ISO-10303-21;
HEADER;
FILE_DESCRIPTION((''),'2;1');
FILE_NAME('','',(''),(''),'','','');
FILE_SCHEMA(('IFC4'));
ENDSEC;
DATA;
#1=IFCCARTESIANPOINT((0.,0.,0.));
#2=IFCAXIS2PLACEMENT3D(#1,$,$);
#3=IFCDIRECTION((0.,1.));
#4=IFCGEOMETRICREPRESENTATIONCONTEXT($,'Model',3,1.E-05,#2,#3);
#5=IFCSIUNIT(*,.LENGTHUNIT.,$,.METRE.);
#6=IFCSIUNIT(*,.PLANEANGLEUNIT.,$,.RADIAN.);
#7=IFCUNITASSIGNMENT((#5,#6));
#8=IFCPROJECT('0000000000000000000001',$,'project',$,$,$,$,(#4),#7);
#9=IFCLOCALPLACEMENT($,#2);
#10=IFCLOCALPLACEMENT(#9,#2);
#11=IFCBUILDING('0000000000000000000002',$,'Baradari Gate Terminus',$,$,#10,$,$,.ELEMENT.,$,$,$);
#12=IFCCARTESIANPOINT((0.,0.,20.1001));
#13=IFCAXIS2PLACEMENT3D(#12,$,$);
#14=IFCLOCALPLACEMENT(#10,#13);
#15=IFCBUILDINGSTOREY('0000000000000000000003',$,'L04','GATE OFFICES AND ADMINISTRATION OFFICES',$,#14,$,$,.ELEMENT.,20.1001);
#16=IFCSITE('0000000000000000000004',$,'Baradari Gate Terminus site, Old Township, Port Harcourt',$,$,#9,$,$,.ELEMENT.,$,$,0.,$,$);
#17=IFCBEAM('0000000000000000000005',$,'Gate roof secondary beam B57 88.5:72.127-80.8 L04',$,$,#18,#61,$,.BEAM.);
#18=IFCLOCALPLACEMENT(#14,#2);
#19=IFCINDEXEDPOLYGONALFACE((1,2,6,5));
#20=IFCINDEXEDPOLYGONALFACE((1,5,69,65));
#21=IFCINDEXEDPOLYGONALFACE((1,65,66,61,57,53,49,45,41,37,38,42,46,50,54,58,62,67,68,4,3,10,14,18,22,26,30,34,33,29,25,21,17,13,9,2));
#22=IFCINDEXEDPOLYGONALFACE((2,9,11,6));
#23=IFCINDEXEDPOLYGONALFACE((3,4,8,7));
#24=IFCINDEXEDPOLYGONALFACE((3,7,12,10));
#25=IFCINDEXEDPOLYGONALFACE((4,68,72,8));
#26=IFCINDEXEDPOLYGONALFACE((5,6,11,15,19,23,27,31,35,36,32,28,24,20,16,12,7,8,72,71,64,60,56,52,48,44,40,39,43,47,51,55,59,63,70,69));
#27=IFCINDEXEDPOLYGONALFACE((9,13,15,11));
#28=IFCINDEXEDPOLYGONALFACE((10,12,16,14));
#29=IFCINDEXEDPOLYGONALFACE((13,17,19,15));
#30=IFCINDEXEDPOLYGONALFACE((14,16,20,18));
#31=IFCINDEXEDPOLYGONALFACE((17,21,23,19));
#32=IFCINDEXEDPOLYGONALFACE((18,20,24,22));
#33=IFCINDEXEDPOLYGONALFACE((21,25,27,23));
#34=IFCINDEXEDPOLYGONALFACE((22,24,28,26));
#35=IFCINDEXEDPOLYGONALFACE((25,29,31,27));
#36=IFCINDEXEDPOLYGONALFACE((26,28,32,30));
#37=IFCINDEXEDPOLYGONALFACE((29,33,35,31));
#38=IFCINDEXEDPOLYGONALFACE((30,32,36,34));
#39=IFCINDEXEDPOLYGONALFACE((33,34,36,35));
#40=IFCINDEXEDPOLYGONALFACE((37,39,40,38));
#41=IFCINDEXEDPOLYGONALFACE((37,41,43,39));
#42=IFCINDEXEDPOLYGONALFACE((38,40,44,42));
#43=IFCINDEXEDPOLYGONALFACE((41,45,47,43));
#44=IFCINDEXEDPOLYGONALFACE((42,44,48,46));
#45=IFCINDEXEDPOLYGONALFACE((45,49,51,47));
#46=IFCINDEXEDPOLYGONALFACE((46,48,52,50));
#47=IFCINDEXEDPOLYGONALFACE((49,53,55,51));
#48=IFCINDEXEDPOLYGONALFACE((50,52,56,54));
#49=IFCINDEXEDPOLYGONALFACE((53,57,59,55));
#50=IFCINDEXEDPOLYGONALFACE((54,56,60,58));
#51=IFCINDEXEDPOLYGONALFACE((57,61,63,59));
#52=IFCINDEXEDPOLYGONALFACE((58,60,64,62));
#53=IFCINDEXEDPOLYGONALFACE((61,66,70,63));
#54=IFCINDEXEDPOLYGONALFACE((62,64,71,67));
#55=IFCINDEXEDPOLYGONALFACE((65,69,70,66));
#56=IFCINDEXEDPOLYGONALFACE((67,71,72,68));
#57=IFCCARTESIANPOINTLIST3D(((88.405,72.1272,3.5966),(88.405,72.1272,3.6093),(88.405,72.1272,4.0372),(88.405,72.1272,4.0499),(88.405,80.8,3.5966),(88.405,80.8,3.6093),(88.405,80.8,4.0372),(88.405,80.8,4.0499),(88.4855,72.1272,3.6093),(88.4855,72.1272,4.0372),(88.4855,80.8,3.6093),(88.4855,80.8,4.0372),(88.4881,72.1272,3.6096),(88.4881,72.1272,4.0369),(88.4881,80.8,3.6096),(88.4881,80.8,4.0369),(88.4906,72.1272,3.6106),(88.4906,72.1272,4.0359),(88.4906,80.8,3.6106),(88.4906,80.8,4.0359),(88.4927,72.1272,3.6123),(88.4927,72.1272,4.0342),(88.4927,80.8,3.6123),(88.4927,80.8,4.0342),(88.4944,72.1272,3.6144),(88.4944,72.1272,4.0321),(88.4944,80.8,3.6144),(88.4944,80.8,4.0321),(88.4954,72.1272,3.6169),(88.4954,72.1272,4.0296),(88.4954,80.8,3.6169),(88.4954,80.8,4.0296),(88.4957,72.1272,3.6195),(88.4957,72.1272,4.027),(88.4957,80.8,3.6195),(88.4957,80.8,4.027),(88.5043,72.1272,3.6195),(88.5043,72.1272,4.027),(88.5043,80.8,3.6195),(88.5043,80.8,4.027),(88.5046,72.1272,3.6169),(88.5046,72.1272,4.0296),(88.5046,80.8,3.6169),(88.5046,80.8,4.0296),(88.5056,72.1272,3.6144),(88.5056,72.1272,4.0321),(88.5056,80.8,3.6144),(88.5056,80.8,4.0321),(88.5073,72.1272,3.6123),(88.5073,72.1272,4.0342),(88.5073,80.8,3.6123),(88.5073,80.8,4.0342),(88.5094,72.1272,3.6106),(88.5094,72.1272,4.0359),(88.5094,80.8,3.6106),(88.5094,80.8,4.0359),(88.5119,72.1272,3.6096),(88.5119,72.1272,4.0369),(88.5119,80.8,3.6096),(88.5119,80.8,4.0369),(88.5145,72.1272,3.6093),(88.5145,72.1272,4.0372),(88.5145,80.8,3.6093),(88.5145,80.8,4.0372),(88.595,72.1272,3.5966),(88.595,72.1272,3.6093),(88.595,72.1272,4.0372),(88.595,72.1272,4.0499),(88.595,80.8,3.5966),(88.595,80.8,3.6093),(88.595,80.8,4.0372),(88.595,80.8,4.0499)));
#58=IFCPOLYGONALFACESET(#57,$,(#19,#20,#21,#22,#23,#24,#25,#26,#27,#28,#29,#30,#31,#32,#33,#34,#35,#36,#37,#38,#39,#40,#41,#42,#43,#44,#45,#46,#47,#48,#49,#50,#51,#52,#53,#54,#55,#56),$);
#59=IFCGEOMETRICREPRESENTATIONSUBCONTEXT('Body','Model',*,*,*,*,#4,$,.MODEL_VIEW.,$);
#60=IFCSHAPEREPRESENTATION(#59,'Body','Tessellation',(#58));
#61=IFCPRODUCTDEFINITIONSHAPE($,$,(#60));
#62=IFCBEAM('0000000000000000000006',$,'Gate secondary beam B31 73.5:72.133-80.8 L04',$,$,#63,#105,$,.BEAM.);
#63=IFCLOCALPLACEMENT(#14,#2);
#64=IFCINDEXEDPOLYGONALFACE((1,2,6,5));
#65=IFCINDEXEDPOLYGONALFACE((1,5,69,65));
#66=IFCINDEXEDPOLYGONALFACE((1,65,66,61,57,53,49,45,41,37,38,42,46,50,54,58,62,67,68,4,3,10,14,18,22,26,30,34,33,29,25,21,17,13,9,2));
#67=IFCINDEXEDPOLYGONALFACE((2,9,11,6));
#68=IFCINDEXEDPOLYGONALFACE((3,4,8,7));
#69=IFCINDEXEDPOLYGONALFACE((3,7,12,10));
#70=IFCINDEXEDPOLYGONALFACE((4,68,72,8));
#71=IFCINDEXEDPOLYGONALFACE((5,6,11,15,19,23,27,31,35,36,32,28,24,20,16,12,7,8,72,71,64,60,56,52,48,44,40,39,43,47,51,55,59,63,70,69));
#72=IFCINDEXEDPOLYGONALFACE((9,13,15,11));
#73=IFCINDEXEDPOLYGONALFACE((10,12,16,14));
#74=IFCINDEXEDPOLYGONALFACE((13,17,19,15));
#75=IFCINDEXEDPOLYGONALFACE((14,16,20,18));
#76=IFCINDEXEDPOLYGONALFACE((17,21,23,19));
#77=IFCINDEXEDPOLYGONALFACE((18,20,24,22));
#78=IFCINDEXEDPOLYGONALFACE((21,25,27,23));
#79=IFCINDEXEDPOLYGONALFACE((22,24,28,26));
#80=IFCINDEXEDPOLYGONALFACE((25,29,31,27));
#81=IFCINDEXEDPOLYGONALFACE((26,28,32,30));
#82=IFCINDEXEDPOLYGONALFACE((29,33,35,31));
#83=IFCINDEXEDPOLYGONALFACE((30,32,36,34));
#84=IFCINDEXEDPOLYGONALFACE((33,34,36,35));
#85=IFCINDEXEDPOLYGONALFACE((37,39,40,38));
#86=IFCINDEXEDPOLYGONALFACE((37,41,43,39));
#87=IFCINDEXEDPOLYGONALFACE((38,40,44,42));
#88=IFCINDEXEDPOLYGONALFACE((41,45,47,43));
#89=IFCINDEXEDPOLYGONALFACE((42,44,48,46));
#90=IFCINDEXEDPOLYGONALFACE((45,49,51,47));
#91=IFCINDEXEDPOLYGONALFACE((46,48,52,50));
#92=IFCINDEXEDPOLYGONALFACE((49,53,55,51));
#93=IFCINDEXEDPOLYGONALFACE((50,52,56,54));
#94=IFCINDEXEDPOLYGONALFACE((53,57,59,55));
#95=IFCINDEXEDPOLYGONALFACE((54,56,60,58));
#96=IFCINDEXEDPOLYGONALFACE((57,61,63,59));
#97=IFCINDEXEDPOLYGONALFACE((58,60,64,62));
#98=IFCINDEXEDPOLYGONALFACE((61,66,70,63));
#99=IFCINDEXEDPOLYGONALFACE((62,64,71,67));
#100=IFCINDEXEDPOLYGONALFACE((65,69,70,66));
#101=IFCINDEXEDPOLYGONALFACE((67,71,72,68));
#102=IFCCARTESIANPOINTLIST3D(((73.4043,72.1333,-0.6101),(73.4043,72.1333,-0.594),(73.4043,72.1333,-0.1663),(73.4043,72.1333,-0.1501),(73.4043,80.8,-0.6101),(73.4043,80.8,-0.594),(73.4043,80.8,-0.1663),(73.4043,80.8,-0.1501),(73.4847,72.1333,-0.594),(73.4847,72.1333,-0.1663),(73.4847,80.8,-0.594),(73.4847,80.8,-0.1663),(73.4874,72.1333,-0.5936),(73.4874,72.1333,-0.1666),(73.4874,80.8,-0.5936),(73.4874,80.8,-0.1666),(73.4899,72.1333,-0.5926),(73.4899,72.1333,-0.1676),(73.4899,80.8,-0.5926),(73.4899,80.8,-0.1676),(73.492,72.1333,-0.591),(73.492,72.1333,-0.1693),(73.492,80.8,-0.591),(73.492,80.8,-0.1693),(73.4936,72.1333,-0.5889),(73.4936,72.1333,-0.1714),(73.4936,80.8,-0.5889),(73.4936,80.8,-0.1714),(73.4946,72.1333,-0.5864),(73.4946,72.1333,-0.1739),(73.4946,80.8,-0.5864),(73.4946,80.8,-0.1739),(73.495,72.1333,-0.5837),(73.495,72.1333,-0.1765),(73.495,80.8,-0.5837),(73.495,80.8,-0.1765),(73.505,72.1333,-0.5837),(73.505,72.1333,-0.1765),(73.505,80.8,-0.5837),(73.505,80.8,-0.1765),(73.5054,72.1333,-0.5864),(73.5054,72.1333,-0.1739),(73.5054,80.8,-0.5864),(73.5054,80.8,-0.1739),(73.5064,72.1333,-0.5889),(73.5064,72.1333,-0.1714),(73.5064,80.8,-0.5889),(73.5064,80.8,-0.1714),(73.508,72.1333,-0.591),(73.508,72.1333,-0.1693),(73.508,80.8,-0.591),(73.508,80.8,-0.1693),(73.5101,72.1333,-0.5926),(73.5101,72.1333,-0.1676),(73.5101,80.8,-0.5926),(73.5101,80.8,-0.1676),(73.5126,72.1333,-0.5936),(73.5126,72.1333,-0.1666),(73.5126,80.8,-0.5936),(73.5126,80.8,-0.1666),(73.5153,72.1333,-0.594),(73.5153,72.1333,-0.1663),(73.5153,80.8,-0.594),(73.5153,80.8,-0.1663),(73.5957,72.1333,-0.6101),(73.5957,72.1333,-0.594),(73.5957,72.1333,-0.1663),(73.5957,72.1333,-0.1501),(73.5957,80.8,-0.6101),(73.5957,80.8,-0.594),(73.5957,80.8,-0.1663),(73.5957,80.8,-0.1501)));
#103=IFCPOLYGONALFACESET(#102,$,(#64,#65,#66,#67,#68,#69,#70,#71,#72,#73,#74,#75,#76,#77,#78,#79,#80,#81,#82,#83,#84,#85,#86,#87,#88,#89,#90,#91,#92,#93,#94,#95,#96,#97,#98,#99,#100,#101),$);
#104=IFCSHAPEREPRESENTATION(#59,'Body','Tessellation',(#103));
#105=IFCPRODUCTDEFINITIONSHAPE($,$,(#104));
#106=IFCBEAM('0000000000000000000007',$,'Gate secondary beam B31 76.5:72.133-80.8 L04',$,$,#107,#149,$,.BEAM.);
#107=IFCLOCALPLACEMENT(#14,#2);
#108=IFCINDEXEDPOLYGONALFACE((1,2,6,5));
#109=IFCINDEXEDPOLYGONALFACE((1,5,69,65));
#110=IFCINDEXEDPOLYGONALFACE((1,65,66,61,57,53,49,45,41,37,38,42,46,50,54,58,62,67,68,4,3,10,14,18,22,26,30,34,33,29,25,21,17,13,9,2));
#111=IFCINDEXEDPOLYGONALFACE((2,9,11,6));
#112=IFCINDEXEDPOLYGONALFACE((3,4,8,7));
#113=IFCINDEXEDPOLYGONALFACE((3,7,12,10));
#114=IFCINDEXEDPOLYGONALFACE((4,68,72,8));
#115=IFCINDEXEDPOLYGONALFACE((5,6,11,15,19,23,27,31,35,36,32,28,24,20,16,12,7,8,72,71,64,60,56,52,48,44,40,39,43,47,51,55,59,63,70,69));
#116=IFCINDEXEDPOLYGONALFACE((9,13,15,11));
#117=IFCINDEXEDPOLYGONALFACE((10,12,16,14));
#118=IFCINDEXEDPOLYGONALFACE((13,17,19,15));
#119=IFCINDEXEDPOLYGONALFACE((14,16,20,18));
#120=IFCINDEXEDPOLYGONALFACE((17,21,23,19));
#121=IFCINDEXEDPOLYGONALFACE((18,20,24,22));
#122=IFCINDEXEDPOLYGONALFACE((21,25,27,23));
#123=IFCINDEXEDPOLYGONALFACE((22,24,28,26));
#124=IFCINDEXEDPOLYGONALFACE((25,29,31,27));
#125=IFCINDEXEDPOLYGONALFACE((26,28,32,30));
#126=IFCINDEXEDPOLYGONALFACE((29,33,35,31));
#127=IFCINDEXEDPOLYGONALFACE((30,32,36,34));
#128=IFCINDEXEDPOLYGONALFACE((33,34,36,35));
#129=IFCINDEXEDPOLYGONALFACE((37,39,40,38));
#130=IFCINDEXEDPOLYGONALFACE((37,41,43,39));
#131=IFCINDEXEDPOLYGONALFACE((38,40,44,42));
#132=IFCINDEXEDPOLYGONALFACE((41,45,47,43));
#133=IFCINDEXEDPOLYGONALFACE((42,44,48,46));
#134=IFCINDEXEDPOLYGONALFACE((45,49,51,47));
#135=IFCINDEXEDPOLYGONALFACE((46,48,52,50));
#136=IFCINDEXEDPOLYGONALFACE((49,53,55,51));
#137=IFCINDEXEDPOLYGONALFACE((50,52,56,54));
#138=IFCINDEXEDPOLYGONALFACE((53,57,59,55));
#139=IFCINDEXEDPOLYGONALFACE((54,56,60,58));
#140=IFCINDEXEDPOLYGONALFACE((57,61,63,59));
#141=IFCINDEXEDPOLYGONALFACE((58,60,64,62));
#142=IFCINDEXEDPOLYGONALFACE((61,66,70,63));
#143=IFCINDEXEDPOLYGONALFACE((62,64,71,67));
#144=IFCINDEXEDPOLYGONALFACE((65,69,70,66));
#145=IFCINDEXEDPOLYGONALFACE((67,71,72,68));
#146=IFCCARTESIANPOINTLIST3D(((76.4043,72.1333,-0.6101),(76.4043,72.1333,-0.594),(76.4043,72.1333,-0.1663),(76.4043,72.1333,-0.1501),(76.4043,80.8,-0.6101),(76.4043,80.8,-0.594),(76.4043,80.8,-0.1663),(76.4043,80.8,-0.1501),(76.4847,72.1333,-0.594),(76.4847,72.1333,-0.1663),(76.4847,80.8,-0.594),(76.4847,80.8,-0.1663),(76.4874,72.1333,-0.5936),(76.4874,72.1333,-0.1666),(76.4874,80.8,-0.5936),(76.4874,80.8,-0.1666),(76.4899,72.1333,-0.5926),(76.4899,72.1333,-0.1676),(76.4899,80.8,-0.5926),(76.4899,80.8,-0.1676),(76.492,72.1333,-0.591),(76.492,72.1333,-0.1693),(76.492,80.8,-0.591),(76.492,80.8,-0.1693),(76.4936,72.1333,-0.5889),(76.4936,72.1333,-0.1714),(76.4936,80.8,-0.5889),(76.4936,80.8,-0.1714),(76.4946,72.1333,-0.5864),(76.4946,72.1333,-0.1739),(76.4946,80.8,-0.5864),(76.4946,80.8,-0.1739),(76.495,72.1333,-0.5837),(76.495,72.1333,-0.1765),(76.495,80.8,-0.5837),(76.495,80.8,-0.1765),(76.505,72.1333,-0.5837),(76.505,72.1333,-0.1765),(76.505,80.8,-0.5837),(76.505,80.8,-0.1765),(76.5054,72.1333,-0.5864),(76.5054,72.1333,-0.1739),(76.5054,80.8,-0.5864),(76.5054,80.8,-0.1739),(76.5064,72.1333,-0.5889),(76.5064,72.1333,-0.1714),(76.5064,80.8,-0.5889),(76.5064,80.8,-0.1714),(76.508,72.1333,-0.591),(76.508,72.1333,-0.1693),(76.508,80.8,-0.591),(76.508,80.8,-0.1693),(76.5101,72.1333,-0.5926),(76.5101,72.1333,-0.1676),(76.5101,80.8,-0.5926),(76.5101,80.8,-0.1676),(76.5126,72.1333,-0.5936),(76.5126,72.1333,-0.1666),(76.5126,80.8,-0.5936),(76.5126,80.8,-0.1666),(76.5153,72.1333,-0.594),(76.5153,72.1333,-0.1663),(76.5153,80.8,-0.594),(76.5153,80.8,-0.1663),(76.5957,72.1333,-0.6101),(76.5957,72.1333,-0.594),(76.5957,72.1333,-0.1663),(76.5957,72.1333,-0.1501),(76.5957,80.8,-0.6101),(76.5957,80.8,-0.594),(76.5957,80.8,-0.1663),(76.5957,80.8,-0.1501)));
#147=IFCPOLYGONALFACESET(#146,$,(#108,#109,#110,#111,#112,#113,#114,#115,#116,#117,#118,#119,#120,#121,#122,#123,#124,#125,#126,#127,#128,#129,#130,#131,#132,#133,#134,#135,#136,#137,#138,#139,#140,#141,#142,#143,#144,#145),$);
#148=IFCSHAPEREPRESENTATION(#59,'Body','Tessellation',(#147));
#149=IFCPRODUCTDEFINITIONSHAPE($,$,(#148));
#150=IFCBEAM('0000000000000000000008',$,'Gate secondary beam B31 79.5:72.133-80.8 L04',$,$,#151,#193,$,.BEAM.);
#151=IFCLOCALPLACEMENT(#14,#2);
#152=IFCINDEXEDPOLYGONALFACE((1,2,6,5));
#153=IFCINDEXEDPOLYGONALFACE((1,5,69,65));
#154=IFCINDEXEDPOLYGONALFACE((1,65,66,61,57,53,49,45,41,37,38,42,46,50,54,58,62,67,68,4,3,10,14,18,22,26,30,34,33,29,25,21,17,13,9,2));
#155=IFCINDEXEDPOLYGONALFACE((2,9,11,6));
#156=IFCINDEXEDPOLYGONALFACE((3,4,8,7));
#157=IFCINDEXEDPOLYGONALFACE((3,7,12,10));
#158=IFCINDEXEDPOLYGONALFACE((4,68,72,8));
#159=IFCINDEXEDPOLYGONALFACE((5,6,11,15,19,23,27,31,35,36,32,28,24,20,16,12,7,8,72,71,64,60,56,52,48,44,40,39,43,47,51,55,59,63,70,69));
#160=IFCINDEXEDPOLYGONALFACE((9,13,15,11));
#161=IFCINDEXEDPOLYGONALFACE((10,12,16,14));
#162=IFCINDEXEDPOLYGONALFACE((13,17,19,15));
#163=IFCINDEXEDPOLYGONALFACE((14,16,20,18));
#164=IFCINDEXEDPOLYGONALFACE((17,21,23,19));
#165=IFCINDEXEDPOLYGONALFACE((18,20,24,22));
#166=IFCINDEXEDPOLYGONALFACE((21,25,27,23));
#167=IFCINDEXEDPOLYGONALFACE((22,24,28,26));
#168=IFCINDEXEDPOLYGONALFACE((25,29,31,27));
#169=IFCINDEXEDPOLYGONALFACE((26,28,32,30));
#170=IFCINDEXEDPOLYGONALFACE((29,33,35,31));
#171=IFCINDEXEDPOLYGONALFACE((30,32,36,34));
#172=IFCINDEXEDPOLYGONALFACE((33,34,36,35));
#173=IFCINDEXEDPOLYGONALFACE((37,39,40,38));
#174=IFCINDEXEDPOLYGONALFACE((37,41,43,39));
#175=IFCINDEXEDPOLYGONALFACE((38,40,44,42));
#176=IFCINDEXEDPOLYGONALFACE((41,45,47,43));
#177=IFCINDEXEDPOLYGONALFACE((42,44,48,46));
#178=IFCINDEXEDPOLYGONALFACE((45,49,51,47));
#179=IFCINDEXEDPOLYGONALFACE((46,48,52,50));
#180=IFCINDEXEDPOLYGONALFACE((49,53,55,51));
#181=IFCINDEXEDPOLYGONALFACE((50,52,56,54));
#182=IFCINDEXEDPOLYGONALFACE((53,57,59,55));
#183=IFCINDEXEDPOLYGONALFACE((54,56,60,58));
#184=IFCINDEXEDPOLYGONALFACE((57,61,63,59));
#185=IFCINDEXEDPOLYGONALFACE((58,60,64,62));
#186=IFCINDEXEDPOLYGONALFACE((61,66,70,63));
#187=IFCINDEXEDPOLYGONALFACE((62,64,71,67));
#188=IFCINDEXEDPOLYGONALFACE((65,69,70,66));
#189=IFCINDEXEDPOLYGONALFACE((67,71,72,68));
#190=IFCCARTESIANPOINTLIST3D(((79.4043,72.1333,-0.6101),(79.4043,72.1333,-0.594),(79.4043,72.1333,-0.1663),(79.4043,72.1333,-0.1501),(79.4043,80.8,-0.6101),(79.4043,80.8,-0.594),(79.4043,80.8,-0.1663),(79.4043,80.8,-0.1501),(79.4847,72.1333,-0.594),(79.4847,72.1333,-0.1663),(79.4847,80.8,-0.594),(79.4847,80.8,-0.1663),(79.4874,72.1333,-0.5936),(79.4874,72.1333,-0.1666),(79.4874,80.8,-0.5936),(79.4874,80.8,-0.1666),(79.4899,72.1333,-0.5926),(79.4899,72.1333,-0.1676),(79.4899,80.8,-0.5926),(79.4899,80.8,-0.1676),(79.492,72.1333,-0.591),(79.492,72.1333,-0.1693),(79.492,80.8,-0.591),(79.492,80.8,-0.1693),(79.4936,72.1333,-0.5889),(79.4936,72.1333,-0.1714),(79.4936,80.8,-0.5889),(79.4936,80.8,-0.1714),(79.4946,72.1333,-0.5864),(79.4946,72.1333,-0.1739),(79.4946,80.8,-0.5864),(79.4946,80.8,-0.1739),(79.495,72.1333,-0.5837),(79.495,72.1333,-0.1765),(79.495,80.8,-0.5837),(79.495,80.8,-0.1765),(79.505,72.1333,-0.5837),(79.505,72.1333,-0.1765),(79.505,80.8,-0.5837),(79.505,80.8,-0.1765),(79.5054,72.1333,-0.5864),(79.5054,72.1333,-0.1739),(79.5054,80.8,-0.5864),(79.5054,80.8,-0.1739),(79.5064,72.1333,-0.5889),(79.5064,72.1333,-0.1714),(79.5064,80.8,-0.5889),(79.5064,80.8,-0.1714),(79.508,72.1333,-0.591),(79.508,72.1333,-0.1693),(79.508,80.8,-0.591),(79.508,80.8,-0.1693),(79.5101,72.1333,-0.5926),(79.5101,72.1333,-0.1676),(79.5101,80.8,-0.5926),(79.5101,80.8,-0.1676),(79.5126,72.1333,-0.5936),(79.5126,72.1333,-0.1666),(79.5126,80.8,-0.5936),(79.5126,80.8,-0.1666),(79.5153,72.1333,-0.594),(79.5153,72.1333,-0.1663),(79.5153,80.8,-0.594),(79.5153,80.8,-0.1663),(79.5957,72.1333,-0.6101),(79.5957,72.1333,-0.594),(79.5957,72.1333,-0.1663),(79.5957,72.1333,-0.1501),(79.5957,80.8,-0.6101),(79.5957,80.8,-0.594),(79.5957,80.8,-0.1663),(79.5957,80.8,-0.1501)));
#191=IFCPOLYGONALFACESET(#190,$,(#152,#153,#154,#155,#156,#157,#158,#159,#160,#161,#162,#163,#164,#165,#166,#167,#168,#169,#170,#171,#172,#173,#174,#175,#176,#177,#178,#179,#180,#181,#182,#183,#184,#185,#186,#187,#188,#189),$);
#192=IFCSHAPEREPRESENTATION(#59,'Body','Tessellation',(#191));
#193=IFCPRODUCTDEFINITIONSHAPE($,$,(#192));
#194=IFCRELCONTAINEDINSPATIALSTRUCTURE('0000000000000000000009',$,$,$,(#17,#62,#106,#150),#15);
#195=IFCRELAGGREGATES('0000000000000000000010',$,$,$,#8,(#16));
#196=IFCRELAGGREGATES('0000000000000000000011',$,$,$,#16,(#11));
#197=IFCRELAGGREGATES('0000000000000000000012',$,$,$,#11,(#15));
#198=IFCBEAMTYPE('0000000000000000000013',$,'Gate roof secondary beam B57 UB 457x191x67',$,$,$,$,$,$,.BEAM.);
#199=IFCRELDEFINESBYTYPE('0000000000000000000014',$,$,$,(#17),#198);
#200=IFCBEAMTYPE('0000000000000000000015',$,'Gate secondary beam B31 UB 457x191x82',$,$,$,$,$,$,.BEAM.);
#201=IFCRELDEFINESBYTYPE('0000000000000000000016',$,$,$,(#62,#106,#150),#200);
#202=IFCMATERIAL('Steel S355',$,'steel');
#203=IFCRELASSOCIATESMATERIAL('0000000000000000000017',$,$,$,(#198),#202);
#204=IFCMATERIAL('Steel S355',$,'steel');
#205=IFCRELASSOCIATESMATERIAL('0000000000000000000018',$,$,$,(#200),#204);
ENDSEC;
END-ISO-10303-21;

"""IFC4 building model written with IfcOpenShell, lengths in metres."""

from ifc_helpers import new_model, si_unit, direction, frame, origin, origin_2d, place, context, subcontext, project, spatial, i_section, extrude, material, material_profile, profile_set, type_object, element, save


model = new_model("IFC4")

# Units and contexts
model_context = context("Model", 3, precision=1e-05, world=origin(), true_north=direction((0.0, 1.0)))
body_context = subcontext(model_context, "Body", "Model", "MODEL_VIEW")
ifc_project = project(units=[si_unit("LENGTHUNIT", "METRE"), si_unit("PLANEANGLEUNIT", "RADIAN")], contexts=[model_context])

# Site, building, storey
site_placement = place(None, origin())
site = spatial("IfcSite", under=ifc_project, at=site_placement, Name="Baradari Gate Terminus site, Old Township, Port Harcourt", CompositionType="ELEMENT", RefElevation=0.0)
building_placement = place(site_placement, origin())
building = spatial("IfcBuilding", under=site, at=building_placement, Name="Baradari Gate Terminus", CompositionType="ELEMENT")
storey_placement = place(building_placement, frame((0.0, 0.0, 20.1001)))
storey = spatial("IfcBuildingStorey", under=building, at=storey_placement, Name="L04", Description="GATE OFFICES AND ADMINISTRATION OFFICES", CompositionType="ELEMENT", Elevation=20.1001)

# Beams
ifc_material_1 = material(Name="Steel S355", Category="steel")
ifc_material_profile_1 = material_profile(ifc_material_1, i_section(OverallWidth=0.1899, OverallDepth=0.4534, WebThickness=0.0085, FlangeThickness=0.0127, FilletRadius=0.0103, at=origin_2d()), Name="UB 457x191x67")
ifc_profile_set_1 = profile_set([ifc_material_profile_1], Name="Steel S355")
beam_type_1 = type_object("IfcBeamType", Name="Gate roof secondary beam B57 UB 457x191x67", PredefinedType="BEAM", material=ifc_profile_set_1)
for number, where, z_axis, x_axis, name in (
    (1, (88.5, 72.1272, 3.8232), (0.0, 1.0, 0.0), (-1.0, 0.0, 0.0), "Gate roof secondary beam B57 88.5:72.127-80.8 L04"),
):
    element("IfcBeam", number, at=place(storey_placement, frame(where, z_axis=z_axis, x_axis=x_axis)), inside=storey, type_object=beam_type_1, Name=name, PredefinedType="BEAM", context=body_context, shape_type="SweptSolid", body=[
        extrude(i_section(OverallWidth=0.1899, OverallDepth=0.4534, WebThickness=0.0085, FlangeThickness=0.0127, FilletRadius=0.0103, at=origin_2d()), origin(), (0.0, 0.0, 1.0), 8.6729),
    ])
ifc_material_2 = material(Name="Steel S355", Category="steel")
ifc_material_profile_2 = material_profile(ifc_material_2, i_section(OverallWidth=0.1914, OverallDepth=0.46, WebThickness=0.01, FlangeThickness=0.0161, FilletRadius=0.0103, at=origin_2d()), Name="UB 457x191x82")
ifc_profile_set_2 = profile_set([ifc_material_profile_2], Name="Steel S355")
beam_type_2 = type_object("IfcBeamType", Name="Gate secondary beam B31 UB 457x191x82", PredefinedType="BEAM", material=ifc_profile_set_2)
for number, where, z_axis, x_axis, name in (
    (2, (73.5, 72.1333, -0.3801), (0.0, 1.0, 0.0), (-1.0, 0.0, 0.0), "Gate secondary beam B31 73.5:72.133-80.8 L04"),
    (3, (76.5, 72.1333, -0.3801), (0.0, 1.0, 0.0), (-1.0, 0.0, 0.0), "Gate secondary beam B31 76.5:72.133-80.8 L04"),
    (4, (79.5, 72.1333, -0.3801), (0.0, 1.0, 0.0), (-1.0, 0.0, 0.0), "Gate secondary beam B31 79.5:72.133-80.8 L04"),
):
    element("IfcBeam", number, at=place(storey_placement, frame(where, z_axis=z_axis, x_axis=x_axis)), inside=storey, type_object=beam_type_2, Name=name, PredefinedType="BEAM", context=body_context, shape_type="SweptSolid", body=[
        extrude(i_section(OverallWidth=0.1914, OverallDepth=0.46, WebThickness=0.01, FlangeThickness=0.0161, FilletRadius=0.0103, at=origin_2d()), origin(), (0.0, 0.0, 1.0), 8.6667),
    ])

save(model, "model.ifc")
